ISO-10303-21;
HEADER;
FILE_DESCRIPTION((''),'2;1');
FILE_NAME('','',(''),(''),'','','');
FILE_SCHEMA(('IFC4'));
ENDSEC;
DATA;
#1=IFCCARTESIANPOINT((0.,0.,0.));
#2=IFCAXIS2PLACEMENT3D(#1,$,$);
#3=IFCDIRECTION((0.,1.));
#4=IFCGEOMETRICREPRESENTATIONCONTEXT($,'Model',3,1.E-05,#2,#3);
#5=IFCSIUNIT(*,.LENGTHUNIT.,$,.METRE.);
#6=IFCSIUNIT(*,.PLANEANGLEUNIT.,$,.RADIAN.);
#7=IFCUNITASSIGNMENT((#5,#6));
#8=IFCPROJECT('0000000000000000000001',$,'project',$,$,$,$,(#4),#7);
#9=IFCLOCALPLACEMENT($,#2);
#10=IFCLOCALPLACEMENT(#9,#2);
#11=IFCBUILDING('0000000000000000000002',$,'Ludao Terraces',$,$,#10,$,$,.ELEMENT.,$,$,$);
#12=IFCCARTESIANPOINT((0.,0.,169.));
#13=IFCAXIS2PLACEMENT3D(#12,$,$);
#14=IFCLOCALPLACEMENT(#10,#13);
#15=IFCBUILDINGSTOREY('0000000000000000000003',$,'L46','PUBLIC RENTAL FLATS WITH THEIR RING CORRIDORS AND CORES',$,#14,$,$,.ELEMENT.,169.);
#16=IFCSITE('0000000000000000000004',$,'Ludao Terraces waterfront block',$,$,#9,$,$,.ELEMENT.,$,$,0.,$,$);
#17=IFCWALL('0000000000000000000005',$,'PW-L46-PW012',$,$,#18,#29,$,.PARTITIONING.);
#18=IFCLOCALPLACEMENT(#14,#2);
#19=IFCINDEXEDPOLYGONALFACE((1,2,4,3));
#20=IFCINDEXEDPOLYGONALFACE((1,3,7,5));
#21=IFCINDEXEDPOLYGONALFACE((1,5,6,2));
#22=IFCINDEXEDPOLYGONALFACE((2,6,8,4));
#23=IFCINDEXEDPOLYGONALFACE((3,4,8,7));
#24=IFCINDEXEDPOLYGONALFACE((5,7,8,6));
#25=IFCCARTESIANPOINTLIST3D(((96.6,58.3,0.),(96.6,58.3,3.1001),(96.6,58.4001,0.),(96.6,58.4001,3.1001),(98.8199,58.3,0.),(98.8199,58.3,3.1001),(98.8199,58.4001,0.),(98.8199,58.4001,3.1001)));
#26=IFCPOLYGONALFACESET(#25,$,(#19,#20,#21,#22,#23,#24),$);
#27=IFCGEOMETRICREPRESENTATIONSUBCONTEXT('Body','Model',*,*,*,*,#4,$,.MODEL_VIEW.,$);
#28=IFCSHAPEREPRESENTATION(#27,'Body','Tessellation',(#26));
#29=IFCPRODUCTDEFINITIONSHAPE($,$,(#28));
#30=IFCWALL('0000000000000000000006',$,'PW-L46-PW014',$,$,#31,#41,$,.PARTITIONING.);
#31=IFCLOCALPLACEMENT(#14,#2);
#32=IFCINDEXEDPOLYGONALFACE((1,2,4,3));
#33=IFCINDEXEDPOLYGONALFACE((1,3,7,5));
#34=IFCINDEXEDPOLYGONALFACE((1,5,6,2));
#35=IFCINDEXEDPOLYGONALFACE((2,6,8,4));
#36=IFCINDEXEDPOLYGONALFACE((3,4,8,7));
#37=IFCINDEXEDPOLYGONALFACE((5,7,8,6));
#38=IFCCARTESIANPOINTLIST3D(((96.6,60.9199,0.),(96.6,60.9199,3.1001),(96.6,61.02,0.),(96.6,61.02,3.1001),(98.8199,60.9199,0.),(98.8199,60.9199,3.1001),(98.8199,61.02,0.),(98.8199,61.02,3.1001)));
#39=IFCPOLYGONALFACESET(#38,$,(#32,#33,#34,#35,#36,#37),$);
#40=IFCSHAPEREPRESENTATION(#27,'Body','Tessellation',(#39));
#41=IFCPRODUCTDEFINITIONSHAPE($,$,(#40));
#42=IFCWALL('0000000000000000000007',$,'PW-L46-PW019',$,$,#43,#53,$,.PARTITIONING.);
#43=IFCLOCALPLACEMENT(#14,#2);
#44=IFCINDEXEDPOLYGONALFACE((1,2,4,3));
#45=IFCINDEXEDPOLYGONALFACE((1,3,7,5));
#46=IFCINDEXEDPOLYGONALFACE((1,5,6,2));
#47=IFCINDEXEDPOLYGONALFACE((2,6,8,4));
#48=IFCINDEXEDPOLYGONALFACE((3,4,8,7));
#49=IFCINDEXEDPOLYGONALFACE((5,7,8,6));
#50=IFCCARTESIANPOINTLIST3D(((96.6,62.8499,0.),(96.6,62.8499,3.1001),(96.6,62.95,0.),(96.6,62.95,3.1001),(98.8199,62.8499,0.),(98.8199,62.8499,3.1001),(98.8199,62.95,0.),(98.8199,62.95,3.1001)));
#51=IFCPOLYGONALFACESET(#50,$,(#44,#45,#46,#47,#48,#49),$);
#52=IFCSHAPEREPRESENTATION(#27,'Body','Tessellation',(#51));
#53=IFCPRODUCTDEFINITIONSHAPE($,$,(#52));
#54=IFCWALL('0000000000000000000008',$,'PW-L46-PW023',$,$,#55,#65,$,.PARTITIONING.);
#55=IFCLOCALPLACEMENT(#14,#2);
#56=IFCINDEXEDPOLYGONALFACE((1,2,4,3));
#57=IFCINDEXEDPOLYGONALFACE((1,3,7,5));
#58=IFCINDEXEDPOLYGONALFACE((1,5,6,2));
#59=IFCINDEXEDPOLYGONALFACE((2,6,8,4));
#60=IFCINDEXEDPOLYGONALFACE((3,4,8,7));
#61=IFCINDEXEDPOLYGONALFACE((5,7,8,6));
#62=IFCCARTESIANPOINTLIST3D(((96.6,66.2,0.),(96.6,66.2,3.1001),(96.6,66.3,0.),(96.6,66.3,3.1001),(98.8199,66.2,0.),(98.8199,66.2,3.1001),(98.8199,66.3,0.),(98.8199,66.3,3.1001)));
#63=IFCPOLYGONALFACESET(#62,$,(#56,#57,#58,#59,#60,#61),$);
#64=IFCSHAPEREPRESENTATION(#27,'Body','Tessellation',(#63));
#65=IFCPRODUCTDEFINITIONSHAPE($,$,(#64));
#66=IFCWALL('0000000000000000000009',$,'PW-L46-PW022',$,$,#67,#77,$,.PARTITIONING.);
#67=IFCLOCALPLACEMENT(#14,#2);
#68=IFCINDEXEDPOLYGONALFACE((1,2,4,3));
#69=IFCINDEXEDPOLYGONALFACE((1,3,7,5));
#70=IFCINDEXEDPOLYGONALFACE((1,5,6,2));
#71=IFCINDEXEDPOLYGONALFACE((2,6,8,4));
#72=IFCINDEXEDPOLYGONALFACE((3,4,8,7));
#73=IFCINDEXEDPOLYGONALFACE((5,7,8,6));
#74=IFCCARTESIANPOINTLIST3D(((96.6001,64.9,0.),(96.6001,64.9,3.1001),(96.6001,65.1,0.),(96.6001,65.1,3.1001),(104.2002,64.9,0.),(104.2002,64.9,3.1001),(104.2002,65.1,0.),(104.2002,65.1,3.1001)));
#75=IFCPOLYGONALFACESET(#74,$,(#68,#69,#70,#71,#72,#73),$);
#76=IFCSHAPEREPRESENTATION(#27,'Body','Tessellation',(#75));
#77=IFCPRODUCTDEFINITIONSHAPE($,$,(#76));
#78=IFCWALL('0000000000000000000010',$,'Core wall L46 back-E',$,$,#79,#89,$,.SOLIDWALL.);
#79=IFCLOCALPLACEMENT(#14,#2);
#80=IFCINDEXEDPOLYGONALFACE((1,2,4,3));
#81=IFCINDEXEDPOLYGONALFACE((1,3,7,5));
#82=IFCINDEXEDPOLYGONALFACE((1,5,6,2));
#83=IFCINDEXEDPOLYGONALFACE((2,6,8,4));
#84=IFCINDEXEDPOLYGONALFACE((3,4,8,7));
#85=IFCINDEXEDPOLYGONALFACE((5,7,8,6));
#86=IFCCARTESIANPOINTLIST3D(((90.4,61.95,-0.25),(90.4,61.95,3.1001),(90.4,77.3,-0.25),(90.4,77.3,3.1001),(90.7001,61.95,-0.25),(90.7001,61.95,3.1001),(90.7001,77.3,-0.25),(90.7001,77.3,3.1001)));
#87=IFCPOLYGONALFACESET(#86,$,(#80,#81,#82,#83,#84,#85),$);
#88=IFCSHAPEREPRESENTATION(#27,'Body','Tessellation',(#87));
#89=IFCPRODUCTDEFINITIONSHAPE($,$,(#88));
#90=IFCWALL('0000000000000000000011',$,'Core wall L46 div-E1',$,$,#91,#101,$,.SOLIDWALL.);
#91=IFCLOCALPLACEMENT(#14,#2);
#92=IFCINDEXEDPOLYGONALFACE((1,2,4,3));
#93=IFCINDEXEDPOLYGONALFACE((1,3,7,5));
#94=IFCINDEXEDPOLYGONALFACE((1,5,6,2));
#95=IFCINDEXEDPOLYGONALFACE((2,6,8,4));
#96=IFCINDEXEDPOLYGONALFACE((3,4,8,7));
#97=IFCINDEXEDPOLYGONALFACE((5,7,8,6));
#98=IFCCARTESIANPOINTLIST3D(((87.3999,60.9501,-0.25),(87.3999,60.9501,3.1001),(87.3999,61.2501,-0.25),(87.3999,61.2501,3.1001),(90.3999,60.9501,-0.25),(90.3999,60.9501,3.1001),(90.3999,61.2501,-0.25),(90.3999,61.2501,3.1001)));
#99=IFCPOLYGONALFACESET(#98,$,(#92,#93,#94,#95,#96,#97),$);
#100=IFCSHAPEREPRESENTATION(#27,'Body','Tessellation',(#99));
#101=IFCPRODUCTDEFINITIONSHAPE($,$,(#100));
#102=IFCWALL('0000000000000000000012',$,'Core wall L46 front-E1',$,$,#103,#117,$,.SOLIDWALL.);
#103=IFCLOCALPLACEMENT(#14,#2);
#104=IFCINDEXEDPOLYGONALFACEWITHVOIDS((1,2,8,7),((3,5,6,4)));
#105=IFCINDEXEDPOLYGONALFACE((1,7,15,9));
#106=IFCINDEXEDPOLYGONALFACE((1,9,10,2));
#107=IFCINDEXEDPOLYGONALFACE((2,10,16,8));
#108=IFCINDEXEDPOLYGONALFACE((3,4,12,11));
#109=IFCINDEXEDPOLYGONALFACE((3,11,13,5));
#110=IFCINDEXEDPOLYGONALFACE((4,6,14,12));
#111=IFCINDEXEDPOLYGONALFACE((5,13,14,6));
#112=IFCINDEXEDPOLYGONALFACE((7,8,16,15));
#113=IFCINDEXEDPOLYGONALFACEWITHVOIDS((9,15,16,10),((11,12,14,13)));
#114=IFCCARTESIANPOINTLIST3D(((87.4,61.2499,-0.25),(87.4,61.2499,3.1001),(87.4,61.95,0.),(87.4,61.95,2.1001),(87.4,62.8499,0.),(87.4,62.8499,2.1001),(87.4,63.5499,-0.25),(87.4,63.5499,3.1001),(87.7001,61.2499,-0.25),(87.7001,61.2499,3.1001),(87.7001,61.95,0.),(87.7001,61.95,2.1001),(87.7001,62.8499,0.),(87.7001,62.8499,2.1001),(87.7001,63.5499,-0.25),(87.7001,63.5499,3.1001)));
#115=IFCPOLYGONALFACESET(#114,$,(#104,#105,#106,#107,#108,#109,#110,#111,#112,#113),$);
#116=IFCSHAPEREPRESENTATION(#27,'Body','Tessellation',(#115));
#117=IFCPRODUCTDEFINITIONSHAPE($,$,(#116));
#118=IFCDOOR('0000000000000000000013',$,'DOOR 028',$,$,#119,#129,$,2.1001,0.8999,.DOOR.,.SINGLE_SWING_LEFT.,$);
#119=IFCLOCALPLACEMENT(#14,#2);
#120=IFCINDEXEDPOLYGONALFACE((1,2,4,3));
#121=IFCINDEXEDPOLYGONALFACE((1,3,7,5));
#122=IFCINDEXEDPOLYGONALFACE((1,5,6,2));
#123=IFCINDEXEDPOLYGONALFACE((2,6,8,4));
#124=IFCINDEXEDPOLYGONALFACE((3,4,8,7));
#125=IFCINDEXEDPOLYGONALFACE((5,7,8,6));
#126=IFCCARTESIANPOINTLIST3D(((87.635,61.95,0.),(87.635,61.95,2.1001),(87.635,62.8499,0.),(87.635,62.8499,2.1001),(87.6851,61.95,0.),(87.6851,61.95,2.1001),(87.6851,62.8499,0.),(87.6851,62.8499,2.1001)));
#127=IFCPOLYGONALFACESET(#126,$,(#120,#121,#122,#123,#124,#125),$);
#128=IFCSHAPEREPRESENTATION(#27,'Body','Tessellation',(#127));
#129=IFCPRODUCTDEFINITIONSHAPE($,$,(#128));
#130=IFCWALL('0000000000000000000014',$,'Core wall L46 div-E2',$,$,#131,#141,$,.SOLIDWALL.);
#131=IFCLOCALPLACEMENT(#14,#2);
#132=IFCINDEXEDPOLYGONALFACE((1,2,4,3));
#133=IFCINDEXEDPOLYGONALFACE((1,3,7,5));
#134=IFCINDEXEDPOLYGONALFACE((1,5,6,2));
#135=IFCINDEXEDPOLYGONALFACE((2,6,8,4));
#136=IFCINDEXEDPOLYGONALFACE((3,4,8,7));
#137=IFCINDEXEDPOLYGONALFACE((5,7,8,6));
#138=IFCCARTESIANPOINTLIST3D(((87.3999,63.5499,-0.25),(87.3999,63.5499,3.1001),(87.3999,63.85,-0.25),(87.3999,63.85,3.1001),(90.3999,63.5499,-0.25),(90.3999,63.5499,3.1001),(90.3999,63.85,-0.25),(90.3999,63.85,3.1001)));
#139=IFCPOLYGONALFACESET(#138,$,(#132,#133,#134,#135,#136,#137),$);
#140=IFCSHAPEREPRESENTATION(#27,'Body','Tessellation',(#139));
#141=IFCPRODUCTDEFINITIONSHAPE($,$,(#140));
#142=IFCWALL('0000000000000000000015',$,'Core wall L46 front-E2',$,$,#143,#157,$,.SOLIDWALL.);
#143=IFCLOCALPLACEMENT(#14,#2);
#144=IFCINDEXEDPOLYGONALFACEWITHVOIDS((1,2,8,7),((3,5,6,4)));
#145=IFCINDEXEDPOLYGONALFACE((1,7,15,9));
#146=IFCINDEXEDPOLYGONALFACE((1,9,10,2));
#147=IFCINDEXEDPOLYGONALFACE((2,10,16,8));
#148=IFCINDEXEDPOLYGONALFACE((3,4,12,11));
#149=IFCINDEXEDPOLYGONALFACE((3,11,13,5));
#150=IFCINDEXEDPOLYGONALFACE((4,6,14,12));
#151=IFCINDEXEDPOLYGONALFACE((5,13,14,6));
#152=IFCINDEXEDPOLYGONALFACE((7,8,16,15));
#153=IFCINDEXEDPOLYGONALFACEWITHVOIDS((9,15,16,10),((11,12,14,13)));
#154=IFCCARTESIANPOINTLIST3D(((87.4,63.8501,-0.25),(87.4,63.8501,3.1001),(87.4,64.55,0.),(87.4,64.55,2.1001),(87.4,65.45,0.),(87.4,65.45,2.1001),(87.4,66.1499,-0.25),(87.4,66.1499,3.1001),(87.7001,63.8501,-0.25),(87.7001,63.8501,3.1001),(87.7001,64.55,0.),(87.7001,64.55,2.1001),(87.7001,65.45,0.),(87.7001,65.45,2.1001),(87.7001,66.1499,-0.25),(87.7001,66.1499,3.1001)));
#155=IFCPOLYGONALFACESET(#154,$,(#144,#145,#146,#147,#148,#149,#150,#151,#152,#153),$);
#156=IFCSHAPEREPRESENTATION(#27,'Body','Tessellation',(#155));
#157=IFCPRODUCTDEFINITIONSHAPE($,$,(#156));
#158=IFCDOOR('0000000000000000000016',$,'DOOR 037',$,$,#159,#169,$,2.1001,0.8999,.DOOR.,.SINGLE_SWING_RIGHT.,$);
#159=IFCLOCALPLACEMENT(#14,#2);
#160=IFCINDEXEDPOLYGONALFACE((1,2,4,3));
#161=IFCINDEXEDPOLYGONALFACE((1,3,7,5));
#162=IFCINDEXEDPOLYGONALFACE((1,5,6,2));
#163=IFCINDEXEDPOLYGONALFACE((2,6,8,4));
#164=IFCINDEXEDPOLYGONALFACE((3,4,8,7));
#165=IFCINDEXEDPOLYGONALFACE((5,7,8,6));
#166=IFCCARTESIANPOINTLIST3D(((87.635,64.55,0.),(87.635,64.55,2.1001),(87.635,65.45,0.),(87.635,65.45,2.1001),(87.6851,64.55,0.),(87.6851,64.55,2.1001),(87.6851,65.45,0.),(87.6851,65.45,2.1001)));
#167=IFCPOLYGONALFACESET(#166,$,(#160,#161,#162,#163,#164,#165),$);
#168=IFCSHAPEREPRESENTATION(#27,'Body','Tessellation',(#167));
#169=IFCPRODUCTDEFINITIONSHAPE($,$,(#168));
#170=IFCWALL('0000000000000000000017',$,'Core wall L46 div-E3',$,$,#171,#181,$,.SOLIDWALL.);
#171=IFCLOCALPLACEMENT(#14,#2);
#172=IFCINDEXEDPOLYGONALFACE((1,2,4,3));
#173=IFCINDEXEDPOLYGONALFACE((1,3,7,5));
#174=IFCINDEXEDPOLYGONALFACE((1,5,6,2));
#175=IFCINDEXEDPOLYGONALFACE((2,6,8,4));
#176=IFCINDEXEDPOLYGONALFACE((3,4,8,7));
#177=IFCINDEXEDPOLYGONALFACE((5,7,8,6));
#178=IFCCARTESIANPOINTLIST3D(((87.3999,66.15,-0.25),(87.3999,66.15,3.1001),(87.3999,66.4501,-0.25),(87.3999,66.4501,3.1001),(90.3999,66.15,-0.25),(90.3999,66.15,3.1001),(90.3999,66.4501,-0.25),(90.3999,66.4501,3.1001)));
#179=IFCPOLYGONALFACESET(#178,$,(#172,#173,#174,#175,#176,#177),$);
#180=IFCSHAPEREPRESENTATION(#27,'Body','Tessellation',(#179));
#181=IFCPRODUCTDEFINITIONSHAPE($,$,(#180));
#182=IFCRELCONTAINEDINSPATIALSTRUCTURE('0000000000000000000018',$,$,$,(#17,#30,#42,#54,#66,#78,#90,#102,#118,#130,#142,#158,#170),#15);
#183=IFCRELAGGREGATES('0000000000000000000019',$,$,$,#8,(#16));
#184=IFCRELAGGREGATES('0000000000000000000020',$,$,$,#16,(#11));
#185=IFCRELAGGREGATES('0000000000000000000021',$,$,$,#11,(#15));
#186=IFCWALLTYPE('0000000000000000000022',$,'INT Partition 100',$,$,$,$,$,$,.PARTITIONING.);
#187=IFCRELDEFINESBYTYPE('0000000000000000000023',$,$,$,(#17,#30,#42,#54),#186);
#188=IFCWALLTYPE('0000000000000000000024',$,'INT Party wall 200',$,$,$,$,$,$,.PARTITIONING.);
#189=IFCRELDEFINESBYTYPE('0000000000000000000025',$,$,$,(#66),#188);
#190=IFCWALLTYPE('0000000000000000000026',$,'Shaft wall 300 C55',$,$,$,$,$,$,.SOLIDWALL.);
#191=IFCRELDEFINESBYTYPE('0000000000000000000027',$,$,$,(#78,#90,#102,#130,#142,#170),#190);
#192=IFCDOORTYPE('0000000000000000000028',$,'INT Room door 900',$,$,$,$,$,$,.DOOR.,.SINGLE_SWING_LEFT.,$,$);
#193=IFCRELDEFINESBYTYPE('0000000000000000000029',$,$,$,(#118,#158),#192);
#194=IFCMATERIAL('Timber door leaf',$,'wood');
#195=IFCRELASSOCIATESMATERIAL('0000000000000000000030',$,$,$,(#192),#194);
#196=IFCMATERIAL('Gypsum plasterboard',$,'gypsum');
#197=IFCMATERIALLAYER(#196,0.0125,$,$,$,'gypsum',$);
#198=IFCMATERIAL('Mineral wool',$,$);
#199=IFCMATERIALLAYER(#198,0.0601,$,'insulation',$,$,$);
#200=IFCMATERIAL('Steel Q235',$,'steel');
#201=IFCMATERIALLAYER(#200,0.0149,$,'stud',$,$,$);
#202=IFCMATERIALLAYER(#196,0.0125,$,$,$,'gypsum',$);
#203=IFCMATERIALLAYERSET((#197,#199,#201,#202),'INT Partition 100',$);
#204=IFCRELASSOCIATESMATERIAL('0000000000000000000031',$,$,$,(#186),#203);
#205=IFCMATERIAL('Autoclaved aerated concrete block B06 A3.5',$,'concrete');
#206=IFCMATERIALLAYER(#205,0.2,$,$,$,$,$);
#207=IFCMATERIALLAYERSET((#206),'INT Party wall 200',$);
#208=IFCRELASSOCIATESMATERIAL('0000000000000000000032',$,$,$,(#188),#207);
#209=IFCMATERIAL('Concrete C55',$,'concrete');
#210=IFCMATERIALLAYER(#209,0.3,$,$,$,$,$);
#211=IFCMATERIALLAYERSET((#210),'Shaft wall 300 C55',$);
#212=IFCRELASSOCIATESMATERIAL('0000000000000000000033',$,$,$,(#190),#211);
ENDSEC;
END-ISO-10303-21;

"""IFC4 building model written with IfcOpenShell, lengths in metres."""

from ifc_helpers import new_model, si_unit, direction, frame, frame_2d, origin, place, context, subcontext, project, spatial, rectangle, extrude, material, layer, layer_set, type_object, element, fill, save


model = new_model("IFC4")

# Units and contexts
model_context = context("Model", 3, precision=1e-05, world=origin(), true_north=direction((0.0, 1.0)))
body_context = subcontext(model_context, "Body", "Model", "MODEL_VIEW")
ifc_project = project(units=[si_unit("LENGTHUNIT", "METRE"), si_unit("PLANEANGLEUNIT", "RADIAN")], contexts=[model_context])

# Site, building, storey
site_placement = place(None, origin())
site = spatial("IfcSite", under=ifc_project, at=site_placement, Name="Ludao Terraces waterfront block", CompositionType="ELEMENT", RefElevation=0.0)
building_placement = place(site_placement, origin())
building = spatial("IfcBuilding", under=site, at=building_placement, Name="Ludao Terraces", CompositionType="ELEMENT")
storey_placement = place(building_placement, frame((0.0, 0.0, 169.0)))
storey = spatial("IfcBuildingStorey", under=building, at=storey_placement, Name="L46", Description="PUBLIC RENTAL FLATS WITH THEIR RING CORRIDORS AND CORES", CompositionType="ELEMENT", Elevation=169.0)

# Shared definitions
ifc_material_1 = material(Name="Steel Q235", Category="steel")
ifc_material_2 = material(Name="Timber door leaf", Category="wood")
door_type_1 = type_object("IfcDoorType", Name="INT Room door 900", OperationType="SINGLE_SWING_LEFT", PredefinedType="DOOR", material=ifc_material_2)

# Shared definitions
ifc_material_3 = material(Name="Mineral wool")

# Walls
ifc_material_4 = material(Name="Gypsum plasterboard", Category="gypsum")
ifc_layer_1 = layer(ifc_material_4, 0.0125, Category="gypsum")
ifc_layer_2 = layer(ifc_material_3, 0.0601, Name="insulation")
ifc_layer_3 = layer(ifc_material_1, 0.0149, Name="stud")
ifc_layer_4 = layer(ifc_material_4, 0.0125, Category="gypsum")
ifc_layer_set_1 = layer_set([ifc_layer_1, ifc_layer_2, ifc_layer_3, ifc_layer_4], Name="INT Partition 100")
wall_type_1 = type_object("IfcWallType", Name="INT Partition 100", PredefinedType="PARTITIONING", material=ifc_layer_set_1)
for number, where, z_axis, x_axis, name in (
    (1, (96.6001, 58.3501, 0.0), (0.0, 0.0, 1.0), (1.0, 0.0, 0.0), "PW-L46-PW012"),
    (2, (96.6001, 60.97, 0.0), (0.0, 0.0, 1.0), (1.0, 0.0, 0.0), "PW-L46-PW014"),
    (3, (96.6001, 62.8999, 0.0), (0.0, 0.0, 1.0), (1.0, 0.0, 0.0), "PW-L46-PW019"),
    (4, (96.6001, 66.25, 0.0), (0.0, 0.0, 1.0), (1.0, 0.0, 0.0), "PW-L46-PW023"),
):
    element("IfcWall", number, at=place(storey_placement, frame(where, z_axis=z_axis, x_axis=x_axis)), inside=storey, type_object=wall_type_1, Name=name, PredefinedType="PARTITIONING", context=body_context, shape_type="SweptSolid", body=[
        extrude(rectangle(XDim=2.22, YDim=0.1001, at=frame_2d((1.1099, 0.0))), origin(), (0.0, 0.0, 1.0), 3.1001),
    ])
ifc_material_5 = material(Name="Autoclaved aerated concrete block B06 A3.5", Category="concrete")
ifc_layer_5 = layer(ifc_material_5, 0.2)
ifc_layer_set_2 = layer_set([ifc_layer_5], Name="INT Party wall 200")
wall_type_2 = type_object("IfcWallType", Name="INT Party wall 200", PredefinedType="PARTITIONING", material=ifc_layer_set_2)
wall_1_placement = place(storey_placement, frame((96.6001, 65.0, 0.0), z_axis=(0.0, 0.0, 1.0), x_axis=(1.0, 0.0, 0.0)))
element("IfcWall", 5, at=wall_1_placement, inside=storey, type_object=wall_type_2, Name="PW-L46-PW022", PredefinedType="PARTITIONING", context=body_context, shape_type="SweptSolid", body=[
    extrude(rectangle(XDim=7.6001, YDim=0.2, at=frame_2d((3.8, 0.0))), origin(), (0.0, 0.0, 1.0), 3.1001),
])
ifc_material_6 = material(Name="Concrete C55", Category="concrete")
ifc_layer_6 = layer(ifc_material_6, 0.3)
ifc_layer_set_3 = layer_set([ifc_layer_6], Name="Shaft wall 300 C55")
wall_type_3 = type_object("IfcWallType", Name="Shaft wall 300 C55", PredefinedType="SOLIDWALL", material=ifc_layer_set_3)
wall_2_placement = place(storey_placement, frame((90.55, 61.95, -0.25), z_axis=(0.0, 0.0, 1.0), x_axis=(0.0, 1.0, 0.0)))
element("IfcWall", 6, at=wall_2_placement, inside=storey, type_object=wall_type_3, Name="Core wall L46 back-E", PredefinedType="SOLIDWALL", context=body_context, shape_type="SweptSolid", body=[
    extrude(rectangle(XDim=15.3501, YDim=0.3, at=frame_2d((7.675, 0.0))), origin(), (0.0, 0.0, 1.0), 3.3501),
])
wall_3_placement = place(storey_placement, frame((87.3999, 61.1001, -0.25), z_axis=(0.0, 0.0, 1.0), x_axis=(1.0, 0.0, 0.0)))
element("IfcWall", 7, at=wall_3_placement, inside=storey, type_object=wall_type_3, Name="Core wall L46 div-E1", PredefinedType="SOLIDWALL", context=body_context, shape_type="SweptSolid", body=[
    extrude(rectangle(XDim=3.0, YDim=0.3, at=frame_2d((1.5, 0.0))), origin(), (0.0, 0.0, 1.0), 3.3501),
])

# Wall, opening, door
wall_4_placement = place(storey_placement, frame((87.55, 61.25, -0.25), z_axis=(0.0, 0.0, 1.0), x_axis=(0.0, 1.0, 0.0)))
wall_4 = element("IfcWall", 8, at=wall_4_placement, inside=storey, type_object=wall_type_3, Name="Core wall L46 front-E1", PredefinedType="SOLIDWALL", context=body_context, shape_type="SweptSolid", body=[
    extrude(rectangle(XDim=2.3, YDim=0.3, at=frame_2d((1.1499, 0.0))), origin(), (0.0, 0.0, 1.0), 3.3501),
])
opening_1_placement = place(wall_4_placement, frame((0.7, 0.0, 0.25)))
opening_1 = element("IfcOpeningElement", 9, at=opening_1_placement, cuts=wall_4, PredefinedType="OPENING", context=body_context, shape_type="SweptSolid", body=[
    extrude(rectangle(XDim=0.8999, YDim=2.1001, at=frame_2d((0.45, 1.05))), frame((0.0, 0.1602, 0.0), z_axis=(0.0, -1.0, 0.0), x_axis=(1.0, 0.0, 0.0)), (0.0, 0.0, 1.0), 0.3201),
])
door_1_placement = place(opening_1_placement, origin())
door_1 = element("IfcDoor", 10, at=door_1_placement, inside=storey, type_object=door_type_1, Name="DOOR 028", OperationType="SINGLE_SWING_LEFT", OverallHeight=2.1001, OverallWidth=0.8999, PredefinedType="DOOR", context=body_context, shape_type="SweptSolid", body=[
    extrude(rectangle(XDim=0.8999, YDim=2.1001, at=frame_2d((0.45, 1.05))), frame((0.0, -0.085, 0.0), z_axis=(0.0, -1.0, 0.0), x_axis=(1.0, 0.0, 0.0)), (0.0, 0.0, 1.0), 0.05),
])
fill(opening_1, door_1)

# Wall
wall_5_placement = place(storey_placement, frame((87.3999, 63.7, -0.25), z_axis=(0.0, 0.0, 1.0), x_axis=(1.0, 0.0, 0.0)))
element("IfcWall", 11, at=wall_5_placement, inside=storey, type_object=wall_type_3, Name="Core wall L46 div-E2", PredefinedType="SOLIDWALL", context=body_context, shape_type="SweptSolid", body=[
    extrude(rectangle(XDim=3.0, YDim=0.3, at=frame_2d((1.5, 0.0))), origin(), (0.0, 0.0, 1.0), 3.3501),
])

# Wall, opening, door
wall_6_placement = place(storey_placement, frame((87.55, 63.8501, -0.25), z_axis=(0.0, 0.0, 1.0), x_axis=(0.0, 1.0, 0.0)))
wall_6 = element("IfcWall", 12, at=wall_6_placement, inside=storey, type_object=wall_type_3, Name="Core wall L46 front-E2", PredefinedType="SOLIDWALL", context=body_context, shape_type="SweptSolid", body=[
    extrude(rectangle(XDim=2.2998, YDim=0.3, at=frame_2d((1.1499, 0.0))), origin(), (0.0, 0.0, 1.0), 3.3501),
])
opening_2_placement = place(wall_6_placement, frame((0.7, 0.0, 0.25)))
opening_2 = element("IfcOpeningElement", 13, at=opening_2_placement, cuts=wall_6, PredefinedType="OPENING", context=body_context, shape_type="SweptSolid", body=[
    extrude(rectangle(XDim=0.8999, YDim=2.1001, at=frame_2d((0.45, 1.05))), frame((0.0, 0.1602, 0.0), z_axis=(0.0, -1.0, 0.0), x_axis=(1.0, 0.0, 0.0)), (0.0, 0.0, 1.0), 0.3201),
])
door_2_placement = place(opening_2_placement, origin())
door_2 = element("IfcDoor", 14, at=door_2_placement, inside=storey, type_object=door_type_1, Name="DOOR 037", OperationType="SINGLE_SWING_RIGHT", OverallHeight=2.1001, OverallWidth=0.8999, PredefinedType="DOOR", context=body_context, shape_type="SweptSolid", body=[
    extrude(rectangle(XDim=0.8999, YDim=2.1001, at=frame_2d((0.45, 1.05))), frame((0.0, -0.085, 0.0), z_axis=(0.0, -1.0, 0.0), x_axis=(1.0, 0.0, 0.0)), (0.0, 0.0, 1.0), 0.05),
])
fill(opening_2, door_2)

# Wall
wall_7_placement = place(storey_placement, frame((87.3999, 66.3, -0.25), z_axis=(0.0, 0.0, 1.0), x_axis=(1.0, 0.0, 0.0)))
element("IfcWall", 15, at=wall_7_placement, inside=storey, type_object=wall_type_3, Name="Core wall L46 div-E3", PredefinedType="SOLIDWALL", context=body_context, shape_type="SweptSolid", body=[
    extrude(rectangle(XDim=3.0, YDim=0.3, at=frame_2d((1.5, 0.0))), origin(), (0.0, 0.0, 1.0), 3.3501),
])

save(model, "model.ifc")
